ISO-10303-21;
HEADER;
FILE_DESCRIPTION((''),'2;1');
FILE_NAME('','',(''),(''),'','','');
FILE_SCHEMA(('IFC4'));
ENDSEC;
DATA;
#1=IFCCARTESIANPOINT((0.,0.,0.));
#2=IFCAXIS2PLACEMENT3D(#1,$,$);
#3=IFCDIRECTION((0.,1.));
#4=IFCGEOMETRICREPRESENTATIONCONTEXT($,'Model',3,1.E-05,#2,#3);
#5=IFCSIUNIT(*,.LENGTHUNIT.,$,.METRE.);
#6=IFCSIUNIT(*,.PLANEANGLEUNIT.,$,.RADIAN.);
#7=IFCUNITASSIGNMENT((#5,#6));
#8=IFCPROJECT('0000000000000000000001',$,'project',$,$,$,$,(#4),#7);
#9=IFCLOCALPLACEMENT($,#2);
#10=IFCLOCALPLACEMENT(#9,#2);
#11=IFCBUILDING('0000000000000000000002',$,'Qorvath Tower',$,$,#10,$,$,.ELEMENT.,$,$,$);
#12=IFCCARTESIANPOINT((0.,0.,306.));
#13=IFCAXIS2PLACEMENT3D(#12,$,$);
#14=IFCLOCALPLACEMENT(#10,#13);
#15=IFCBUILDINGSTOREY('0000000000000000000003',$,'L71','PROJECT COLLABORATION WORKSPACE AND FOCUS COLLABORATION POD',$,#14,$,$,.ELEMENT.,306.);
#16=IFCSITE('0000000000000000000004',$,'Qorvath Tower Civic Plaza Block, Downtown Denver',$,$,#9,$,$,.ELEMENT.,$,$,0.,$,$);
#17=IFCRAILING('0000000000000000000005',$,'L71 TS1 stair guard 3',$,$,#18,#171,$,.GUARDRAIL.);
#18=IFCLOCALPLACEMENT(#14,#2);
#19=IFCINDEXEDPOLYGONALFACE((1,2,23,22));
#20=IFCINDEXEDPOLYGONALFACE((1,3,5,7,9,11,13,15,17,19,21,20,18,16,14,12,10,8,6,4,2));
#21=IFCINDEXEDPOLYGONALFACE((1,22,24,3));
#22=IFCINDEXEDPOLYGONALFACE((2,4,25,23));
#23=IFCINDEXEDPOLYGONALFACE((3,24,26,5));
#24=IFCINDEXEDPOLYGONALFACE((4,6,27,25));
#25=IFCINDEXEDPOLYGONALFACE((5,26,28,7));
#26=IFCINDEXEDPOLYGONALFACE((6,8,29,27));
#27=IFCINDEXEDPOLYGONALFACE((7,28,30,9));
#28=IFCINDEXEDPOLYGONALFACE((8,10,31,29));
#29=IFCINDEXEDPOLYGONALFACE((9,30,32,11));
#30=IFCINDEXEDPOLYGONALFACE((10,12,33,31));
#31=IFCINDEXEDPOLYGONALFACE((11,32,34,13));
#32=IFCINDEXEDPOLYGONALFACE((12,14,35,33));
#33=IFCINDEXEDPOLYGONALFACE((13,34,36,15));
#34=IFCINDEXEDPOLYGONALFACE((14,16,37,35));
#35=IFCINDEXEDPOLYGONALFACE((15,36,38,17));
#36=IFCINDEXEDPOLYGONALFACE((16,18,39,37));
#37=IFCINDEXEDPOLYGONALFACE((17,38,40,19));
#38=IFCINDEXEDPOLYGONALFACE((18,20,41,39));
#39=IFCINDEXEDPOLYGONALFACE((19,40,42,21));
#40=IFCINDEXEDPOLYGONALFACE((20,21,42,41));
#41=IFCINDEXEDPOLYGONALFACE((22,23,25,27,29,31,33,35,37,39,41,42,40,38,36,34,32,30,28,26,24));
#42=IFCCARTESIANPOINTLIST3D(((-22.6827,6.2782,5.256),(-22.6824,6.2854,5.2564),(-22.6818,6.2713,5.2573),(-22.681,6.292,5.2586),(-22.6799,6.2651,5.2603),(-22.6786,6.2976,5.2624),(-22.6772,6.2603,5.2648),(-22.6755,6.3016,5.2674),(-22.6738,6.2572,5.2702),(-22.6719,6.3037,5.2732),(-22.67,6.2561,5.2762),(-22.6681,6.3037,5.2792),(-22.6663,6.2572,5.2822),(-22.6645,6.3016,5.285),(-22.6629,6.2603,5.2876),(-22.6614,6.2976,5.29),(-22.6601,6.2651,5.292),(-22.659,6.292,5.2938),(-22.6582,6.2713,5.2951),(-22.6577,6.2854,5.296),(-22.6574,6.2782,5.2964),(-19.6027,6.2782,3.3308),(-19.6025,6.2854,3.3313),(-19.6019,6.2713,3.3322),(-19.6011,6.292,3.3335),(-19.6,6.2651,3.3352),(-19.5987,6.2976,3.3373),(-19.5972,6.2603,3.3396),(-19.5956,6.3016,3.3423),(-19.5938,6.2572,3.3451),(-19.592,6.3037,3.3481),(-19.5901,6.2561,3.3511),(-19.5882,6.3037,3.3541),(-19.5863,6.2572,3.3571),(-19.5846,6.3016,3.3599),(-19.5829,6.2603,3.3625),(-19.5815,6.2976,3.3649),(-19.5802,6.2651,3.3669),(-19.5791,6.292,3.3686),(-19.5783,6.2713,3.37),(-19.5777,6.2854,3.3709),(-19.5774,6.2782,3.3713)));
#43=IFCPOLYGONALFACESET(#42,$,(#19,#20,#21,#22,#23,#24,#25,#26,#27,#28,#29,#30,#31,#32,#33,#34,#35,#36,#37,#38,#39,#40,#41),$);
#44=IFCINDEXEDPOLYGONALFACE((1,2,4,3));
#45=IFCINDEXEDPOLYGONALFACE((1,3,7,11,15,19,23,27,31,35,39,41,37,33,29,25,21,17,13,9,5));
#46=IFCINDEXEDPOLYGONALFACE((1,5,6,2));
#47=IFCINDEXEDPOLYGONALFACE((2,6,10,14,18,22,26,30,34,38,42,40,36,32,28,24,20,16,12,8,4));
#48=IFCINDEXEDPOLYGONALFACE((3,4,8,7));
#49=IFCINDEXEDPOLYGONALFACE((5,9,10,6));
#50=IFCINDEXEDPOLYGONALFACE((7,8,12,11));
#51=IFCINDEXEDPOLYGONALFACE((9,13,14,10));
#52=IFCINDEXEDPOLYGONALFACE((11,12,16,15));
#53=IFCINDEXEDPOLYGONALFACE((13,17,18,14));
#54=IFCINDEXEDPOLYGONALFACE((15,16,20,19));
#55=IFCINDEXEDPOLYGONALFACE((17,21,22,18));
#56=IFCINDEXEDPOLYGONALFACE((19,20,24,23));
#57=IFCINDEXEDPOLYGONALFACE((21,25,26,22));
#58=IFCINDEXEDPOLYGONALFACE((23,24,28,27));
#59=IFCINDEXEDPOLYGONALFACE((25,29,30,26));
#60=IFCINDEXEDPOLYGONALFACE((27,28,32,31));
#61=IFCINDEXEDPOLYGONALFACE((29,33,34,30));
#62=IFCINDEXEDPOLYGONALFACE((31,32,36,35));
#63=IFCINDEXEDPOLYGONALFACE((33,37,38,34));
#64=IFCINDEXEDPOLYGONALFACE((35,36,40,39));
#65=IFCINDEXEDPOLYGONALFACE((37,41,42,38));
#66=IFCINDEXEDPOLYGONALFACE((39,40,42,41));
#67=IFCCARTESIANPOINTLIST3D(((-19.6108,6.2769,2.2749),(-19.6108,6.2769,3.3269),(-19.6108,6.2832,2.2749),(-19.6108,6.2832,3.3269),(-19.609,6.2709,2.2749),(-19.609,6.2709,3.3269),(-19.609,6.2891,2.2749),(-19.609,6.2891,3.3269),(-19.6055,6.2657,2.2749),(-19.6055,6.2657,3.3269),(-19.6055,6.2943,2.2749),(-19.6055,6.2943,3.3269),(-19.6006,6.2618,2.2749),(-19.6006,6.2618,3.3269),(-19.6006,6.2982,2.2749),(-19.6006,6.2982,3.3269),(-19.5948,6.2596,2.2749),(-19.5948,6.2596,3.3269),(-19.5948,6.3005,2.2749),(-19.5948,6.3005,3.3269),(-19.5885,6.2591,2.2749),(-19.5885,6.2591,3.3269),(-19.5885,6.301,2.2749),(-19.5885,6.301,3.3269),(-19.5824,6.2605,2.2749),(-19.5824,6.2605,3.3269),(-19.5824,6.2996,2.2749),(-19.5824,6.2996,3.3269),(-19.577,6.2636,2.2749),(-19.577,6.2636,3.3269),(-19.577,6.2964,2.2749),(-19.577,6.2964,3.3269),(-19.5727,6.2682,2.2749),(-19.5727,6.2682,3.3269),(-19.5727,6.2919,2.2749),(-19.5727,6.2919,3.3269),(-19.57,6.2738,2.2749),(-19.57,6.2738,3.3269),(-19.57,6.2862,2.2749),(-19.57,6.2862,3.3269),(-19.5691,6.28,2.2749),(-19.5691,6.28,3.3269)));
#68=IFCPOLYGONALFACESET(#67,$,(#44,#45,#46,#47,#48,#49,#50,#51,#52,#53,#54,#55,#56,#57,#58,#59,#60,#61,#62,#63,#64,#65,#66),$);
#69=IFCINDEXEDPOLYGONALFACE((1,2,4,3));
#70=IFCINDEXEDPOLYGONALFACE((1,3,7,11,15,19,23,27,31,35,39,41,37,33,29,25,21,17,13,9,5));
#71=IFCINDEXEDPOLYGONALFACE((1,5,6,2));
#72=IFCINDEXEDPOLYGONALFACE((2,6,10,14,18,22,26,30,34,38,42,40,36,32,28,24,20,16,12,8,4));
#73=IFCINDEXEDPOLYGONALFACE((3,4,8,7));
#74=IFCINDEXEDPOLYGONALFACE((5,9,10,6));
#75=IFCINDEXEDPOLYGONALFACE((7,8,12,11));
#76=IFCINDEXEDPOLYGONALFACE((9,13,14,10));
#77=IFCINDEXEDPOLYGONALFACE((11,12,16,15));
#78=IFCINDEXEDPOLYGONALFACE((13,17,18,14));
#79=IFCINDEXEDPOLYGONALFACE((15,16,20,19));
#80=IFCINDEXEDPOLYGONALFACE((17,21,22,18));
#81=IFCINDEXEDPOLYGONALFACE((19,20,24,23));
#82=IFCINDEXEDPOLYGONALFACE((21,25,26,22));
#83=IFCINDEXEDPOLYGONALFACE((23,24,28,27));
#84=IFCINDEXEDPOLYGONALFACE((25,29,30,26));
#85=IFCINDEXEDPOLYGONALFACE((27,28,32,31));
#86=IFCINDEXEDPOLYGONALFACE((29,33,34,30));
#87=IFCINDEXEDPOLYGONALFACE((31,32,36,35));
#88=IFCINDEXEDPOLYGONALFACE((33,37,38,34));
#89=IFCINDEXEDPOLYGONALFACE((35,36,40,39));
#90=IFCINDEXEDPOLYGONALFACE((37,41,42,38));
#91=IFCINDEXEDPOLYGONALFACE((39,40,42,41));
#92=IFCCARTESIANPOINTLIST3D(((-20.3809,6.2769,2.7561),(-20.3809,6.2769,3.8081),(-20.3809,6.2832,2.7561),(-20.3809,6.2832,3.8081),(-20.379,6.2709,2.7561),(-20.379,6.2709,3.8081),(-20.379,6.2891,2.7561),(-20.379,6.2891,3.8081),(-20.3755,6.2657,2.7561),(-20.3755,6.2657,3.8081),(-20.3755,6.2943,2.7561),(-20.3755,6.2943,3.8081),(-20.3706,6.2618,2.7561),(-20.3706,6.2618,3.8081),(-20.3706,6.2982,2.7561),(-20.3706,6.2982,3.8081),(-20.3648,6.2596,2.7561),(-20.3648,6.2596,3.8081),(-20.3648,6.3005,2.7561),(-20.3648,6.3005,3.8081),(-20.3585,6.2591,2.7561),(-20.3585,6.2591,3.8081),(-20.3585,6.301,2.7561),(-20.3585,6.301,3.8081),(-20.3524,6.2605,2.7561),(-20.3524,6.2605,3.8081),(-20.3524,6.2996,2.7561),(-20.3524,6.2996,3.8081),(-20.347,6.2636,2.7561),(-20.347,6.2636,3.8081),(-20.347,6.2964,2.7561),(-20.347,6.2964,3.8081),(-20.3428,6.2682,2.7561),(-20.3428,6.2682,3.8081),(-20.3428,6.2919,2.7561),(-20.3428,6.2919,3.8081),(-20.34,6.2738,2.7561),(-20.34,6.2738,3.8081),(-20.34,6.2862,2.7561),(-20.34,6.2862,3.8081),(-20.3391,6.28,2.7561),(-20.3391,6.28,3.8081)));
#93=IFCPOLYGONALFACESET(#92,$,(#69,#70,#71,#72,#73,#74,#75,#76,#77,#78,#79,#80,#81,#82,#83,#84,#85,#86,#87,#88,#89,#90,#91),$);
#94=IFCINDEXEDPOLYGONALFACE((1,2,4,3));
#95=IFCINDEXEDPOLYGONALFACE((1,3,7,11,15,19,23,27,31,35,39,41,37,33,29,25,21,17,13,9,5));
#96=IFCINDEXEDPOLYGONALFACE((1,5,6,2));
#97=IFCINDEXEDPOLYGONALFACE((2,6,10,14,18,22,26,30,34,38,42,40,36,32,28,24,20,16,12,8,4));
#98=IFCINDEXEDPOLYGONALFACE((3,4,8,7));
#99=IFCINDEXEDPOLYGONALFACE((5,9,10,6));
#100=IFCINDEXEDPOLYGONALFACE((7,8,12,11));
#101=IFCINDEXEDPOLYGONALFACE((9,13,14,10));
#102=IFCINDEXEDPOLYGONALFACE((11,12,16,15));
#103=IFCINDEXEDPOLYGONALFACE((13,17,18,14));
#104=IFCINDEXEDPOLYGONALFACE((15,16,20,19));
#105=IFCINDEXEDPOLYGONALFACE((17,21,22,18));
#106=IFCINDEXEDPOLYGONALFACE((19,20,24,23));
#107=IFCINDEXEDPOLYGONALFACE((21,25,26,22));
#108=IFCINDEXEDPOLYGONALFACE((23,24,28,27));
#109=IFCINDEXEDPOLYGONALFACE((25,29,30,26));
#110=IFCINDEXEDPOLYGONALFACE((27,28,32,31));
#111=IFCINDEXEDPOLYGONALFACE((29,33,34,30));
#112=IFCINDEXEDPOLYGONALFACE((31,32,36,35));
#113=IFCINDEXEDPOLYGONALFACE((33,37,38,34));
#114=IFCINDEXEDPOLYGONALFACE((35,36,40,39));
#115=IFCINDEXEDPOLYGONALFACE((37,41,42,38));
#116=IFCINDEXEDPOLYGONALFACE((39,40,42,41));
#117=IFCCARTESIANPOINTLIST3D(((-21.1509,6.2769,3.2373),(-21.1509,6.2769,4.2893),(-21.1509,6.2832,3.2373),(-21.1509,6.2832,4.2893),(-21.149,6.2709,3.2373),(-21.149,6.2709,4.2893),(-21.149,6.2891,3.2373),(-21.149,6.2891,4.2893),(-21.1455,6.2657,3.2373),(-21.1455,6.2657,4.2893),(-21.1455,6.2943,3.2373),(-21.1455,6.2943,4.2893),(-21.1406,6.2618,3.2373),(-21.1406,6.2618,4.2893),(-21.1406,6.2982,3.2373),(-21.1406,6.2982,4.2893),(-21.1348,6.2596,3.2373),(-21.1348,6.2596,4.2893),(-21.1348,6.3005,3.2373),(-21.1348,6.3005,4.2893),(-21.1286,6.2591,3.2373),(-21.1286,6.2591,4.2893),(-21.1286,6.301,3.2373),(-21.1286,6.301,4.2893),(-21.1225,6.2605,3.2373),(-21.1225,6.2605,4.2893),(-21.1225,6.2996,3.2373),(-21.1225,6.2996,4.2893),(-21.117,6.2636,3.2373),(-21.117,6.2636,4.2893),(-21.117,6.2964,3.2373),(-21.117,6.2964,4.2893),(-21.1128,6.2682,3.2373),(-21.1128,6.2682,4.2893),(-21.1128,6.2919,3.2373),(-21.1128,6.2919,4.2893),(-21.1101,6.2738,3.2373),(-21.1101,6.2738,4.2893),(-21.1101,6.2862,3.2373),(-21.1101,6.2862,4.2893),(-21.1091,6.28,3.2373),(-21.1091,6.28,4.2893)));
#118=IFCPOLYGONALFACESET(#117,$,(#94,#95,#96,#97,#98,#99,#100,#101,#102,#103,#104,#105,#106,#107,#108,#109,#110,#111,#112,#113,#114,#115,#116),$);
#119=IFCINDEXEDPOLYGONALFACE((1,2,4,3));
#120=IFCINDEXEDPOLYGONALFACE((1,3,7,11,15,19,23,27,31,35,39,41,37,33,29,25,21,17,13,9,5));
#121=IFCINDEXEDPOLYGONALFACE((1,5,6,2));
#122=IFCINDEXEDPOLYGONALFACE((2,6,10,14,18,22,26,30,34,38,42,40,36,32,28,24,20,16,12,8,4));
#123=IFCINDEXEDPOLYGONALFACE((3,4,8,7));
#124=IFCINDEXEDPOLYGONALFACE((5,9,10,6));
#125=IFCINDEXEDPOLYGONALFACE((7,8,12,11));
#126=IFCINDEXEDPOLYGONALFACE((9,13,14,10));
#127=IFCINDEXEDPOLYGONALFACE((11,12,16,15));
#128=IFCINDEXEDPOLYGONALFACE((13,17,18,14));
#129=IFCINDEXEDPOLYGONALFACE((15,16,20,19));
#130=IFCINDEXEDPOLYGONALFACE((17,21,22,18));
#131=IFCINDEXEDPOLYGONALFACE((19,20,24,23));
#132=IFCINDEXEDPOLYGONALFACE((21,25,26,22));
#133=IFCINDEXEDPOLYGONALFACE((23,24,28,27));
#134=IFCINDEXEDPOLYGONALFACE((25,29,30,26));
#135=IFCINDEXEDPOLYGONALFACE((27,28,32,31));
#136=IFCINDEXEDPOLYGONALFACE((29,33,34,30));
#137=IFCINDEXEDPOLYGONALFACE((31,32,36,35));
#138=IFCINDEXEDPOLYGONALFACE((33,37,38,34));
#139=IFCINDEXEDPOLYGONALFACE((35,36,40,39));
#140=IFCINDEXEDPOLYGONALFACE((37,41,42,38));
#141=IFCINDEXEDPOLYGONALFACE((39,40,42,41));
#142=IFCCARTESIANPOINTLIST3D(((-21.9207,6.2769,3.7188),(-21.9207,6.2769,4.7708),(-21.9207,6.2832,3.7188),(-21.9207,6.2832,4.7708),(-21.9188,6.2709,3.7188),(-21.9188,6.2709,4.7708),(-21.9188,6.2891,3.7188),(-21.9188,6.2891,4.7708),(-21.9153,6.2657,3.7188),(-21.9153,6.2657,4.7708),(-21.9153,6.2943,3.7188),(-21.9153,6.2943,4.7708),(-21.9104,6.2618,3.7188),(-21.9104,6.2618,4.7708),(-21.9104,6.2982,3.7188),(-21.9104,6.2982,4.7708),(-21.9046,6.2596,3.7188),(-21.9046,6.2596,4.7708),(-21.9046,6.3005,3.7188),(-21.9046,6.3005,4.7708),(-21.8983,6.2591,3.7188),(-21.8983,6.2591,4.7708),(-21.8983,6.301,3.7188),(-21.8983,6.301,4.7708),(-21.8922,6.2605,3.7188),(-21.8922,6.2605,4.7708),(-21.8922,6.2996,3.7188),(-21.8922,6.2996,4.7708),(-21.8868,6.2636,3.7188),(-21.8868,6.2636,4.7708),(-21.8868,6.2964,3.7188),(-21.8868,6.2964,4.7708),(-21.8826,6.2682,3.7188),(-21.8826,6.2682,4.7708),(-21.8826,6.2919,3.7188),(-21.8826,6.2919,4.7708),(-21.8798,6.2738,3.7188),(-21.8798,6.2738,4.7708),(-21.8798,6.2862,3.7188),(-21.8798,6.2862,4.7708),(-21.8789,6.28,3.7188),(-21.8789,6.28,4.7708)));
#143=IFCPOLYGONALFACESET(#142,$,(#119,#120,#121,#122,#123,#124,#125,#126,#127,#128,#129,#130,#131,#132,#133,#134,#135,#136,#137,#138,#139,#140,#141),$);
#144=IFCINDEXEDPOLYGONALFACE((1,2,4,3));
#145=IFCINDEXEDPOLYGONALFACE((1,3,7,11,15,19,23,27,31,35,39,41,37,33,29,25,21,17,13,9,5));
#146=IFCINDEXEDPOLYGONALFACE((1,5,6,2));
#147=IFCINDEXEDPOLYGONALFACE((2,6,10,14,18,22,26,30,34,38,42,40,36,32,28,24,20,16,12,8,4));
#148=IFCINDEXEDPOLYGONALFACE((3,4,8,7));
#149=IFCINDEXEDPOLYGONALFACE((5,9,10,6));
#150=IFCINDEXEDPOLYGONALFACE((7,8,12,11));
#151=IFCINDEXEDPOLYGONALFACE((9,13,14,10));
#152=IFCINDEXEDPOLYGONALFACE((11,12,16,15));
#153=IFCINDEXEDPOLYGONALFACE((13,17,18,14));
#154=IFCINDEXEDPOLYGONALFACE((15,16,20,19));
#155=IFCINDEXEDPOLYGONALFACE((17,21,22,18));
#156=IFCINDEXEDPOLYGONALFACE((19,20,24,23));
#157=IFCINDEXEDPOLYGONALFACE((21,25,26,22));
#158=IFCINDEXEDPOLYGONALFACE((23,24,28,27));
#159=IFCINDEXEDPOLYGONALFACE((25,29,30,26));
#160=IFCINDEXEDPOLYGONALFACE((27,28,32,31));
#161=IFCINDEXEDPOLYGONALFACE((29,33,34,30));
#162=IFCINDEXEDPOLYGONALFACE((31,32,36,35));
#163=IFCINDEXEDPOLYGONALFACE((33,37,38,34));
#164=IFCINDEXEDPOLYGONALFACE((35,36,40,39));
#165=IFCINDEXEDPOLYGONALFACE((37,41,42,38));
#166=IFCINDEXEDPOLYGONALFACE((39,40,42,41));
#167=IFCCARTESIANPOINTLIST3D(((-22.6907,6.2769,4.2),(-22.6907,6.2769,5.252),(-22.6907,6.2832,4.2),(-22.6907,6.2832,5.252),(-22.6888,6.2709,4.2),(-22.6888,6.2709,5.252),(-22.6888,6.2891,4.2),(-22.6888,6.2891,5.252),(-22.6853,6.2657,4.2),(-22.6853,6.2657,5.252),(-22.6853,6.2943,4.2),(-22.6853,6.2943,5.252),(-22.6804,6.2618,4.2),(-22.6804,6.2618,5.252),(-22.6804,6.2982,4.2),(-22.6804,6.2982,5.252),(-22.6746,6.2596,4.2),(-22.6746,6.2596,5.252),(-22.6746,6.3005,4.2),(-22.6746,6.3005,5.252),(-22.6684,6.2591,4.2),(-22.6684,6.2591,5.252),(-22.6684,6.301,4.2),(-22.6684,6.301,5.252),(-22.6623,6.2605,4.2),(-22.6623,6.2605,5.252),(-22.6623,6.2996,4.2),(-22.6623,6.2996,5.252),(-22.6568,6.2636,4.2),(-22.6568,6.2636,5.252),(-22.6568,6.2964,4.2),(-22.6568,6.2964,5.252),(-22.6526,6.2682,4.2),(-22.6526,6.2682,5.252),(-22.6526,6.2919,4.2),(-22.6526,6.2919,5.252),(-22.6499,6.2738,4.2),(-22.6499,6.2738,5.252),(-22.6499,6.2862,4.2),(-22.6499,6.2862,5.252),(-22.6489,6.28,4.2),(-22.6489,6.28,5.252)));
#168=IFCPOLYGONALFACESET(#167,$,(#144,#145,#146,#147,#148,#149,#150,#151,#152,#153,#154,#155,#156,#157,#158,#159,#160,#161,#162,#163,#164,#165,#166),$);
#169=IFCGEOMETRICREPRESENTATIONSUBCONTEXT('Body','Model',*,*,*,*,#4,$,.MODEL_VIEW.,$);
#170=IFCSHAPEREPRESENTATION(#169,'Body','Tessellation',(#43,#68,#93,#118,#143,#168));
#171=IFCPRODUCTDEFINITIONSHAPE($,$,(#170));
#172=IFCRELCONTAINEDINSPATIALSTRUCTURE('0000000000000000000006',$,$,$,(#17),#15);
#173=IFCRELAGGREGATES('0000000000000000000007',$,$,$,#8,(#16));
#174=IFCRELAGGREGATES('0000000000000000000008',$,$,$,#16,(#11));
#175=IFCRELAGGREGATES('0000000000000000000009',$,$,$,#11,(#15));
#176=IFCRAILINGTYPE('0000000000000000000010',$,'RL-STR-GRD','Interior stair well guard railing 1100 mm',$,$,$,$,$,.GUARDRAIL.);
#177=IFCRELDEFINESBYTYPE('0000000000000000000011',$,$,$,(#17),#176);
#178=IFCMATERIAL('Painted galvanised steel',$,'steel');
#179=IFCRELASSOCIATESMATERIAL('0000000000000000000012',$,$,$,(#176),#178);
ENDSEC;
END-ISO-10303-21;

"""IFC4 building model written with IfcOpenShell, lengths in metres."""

from ifc_helpers import new_model, si_unit, direction, frame, origin, origin_2d, place, context, subcontext, project, spatial, circle, extrude, material, type_object, element, save


model = new_model("IFC4")

# Units and contexts
model_context = context("Model", 3, precision=1e-05, world=origin(), true_north=direction((0.0, 1.0)))
body_context = subcontext(model_context, "Body", "Model", "MODEL_VIEW")
ifc_project = project(units=[si_unit("LENGTHUNIT", "METRE"), si_unit("PLANEANGLEUNIT", "RADIAN")], contexts=[model_context])

# Site, building, storey
site_placement = place(None, origin())
site = spatial("IfcSite", under=ifc_project, at=site_placement, Name="Qorvath Tower Civic Plaza Block, Downtown Denver", CompositionType="ELEMENT", RefElevation=0.0)
building_placement = place(site_placement, origin())
building = spatial("IfcBuilding", under=site, at=building_placement, Name="Qorvath Tower", CompositionType="ELEMENT")
storey_placement = place(building_placement, frame((0.0, 0.0, 306.0)))
storey = spatial("IfcBuildingStorey", under=building, at=storey_placement, Name="L71", Description="PROJECT COLLABORATION WORKSPACE AND FOCUS COLLABORATION POD", CompositionType="ELEMENT", Elevation=306.0)

# Railing
ifc_material_1 = material(Name="Painted galvanised steel", Category="steel")
railing_type_1 = type_object("IfcRailingType", Name="RL-STR-GRD", Description="Interior stair well guard railing 1100 mm", PredefinedType="GUARDRAIL", material=ifc_material_1)
railing_1_placement = place(storey_placement, frame((-19.5901, 6.28, 2.2749)))
element("IfcRailing", 1, at=railing_1_placement, inside=storey, type_object=railing_type_1, Name="L71 TS1 stair guard 3", PredefinedType="GUARDRAIL", context=body_context, shape_type="SweptSolid", body=[
    extrude(circle(Radius=0.0239, at=origin_2d()), frame((0.0, 0.0, 1.0762), z_axis=(-0.847979, 0.0, 0.530029), x_axis=(0.0, -1.0, 0.0)), (0.0, 0.0, 1.0), 3.6321),
    extrude(circle(Radius=0.021, at=origin_2d()), origin(), (0.0, 0.0, 1.0), 1.052),
    extrude(circle(Radius=0.021, at=origin_2d()), frame((-0.77, 0.0, 0.4812)), (0.0, 0.0, 1.0), 1.052),
    extrude(circle(Radius=0.021, at=origin_2d()), frame((-1.54, 0.0, 0.9624)), (0.0, 0.0, 1.0), 1.052),
    extrude(circle(Radius=0.021, at=origin_2d()), frame((-2.3098, 0.0, 1.4438)), (0.0, 0.0, 1.0), 1.052),
    extrude(circle(Radius=0.021, at=origin_2d()), frame((-3.0798, 0.0, 1.925)), (0.0, 0.0, 1.0), 1.052),
])

save(model, "model.ifc")
